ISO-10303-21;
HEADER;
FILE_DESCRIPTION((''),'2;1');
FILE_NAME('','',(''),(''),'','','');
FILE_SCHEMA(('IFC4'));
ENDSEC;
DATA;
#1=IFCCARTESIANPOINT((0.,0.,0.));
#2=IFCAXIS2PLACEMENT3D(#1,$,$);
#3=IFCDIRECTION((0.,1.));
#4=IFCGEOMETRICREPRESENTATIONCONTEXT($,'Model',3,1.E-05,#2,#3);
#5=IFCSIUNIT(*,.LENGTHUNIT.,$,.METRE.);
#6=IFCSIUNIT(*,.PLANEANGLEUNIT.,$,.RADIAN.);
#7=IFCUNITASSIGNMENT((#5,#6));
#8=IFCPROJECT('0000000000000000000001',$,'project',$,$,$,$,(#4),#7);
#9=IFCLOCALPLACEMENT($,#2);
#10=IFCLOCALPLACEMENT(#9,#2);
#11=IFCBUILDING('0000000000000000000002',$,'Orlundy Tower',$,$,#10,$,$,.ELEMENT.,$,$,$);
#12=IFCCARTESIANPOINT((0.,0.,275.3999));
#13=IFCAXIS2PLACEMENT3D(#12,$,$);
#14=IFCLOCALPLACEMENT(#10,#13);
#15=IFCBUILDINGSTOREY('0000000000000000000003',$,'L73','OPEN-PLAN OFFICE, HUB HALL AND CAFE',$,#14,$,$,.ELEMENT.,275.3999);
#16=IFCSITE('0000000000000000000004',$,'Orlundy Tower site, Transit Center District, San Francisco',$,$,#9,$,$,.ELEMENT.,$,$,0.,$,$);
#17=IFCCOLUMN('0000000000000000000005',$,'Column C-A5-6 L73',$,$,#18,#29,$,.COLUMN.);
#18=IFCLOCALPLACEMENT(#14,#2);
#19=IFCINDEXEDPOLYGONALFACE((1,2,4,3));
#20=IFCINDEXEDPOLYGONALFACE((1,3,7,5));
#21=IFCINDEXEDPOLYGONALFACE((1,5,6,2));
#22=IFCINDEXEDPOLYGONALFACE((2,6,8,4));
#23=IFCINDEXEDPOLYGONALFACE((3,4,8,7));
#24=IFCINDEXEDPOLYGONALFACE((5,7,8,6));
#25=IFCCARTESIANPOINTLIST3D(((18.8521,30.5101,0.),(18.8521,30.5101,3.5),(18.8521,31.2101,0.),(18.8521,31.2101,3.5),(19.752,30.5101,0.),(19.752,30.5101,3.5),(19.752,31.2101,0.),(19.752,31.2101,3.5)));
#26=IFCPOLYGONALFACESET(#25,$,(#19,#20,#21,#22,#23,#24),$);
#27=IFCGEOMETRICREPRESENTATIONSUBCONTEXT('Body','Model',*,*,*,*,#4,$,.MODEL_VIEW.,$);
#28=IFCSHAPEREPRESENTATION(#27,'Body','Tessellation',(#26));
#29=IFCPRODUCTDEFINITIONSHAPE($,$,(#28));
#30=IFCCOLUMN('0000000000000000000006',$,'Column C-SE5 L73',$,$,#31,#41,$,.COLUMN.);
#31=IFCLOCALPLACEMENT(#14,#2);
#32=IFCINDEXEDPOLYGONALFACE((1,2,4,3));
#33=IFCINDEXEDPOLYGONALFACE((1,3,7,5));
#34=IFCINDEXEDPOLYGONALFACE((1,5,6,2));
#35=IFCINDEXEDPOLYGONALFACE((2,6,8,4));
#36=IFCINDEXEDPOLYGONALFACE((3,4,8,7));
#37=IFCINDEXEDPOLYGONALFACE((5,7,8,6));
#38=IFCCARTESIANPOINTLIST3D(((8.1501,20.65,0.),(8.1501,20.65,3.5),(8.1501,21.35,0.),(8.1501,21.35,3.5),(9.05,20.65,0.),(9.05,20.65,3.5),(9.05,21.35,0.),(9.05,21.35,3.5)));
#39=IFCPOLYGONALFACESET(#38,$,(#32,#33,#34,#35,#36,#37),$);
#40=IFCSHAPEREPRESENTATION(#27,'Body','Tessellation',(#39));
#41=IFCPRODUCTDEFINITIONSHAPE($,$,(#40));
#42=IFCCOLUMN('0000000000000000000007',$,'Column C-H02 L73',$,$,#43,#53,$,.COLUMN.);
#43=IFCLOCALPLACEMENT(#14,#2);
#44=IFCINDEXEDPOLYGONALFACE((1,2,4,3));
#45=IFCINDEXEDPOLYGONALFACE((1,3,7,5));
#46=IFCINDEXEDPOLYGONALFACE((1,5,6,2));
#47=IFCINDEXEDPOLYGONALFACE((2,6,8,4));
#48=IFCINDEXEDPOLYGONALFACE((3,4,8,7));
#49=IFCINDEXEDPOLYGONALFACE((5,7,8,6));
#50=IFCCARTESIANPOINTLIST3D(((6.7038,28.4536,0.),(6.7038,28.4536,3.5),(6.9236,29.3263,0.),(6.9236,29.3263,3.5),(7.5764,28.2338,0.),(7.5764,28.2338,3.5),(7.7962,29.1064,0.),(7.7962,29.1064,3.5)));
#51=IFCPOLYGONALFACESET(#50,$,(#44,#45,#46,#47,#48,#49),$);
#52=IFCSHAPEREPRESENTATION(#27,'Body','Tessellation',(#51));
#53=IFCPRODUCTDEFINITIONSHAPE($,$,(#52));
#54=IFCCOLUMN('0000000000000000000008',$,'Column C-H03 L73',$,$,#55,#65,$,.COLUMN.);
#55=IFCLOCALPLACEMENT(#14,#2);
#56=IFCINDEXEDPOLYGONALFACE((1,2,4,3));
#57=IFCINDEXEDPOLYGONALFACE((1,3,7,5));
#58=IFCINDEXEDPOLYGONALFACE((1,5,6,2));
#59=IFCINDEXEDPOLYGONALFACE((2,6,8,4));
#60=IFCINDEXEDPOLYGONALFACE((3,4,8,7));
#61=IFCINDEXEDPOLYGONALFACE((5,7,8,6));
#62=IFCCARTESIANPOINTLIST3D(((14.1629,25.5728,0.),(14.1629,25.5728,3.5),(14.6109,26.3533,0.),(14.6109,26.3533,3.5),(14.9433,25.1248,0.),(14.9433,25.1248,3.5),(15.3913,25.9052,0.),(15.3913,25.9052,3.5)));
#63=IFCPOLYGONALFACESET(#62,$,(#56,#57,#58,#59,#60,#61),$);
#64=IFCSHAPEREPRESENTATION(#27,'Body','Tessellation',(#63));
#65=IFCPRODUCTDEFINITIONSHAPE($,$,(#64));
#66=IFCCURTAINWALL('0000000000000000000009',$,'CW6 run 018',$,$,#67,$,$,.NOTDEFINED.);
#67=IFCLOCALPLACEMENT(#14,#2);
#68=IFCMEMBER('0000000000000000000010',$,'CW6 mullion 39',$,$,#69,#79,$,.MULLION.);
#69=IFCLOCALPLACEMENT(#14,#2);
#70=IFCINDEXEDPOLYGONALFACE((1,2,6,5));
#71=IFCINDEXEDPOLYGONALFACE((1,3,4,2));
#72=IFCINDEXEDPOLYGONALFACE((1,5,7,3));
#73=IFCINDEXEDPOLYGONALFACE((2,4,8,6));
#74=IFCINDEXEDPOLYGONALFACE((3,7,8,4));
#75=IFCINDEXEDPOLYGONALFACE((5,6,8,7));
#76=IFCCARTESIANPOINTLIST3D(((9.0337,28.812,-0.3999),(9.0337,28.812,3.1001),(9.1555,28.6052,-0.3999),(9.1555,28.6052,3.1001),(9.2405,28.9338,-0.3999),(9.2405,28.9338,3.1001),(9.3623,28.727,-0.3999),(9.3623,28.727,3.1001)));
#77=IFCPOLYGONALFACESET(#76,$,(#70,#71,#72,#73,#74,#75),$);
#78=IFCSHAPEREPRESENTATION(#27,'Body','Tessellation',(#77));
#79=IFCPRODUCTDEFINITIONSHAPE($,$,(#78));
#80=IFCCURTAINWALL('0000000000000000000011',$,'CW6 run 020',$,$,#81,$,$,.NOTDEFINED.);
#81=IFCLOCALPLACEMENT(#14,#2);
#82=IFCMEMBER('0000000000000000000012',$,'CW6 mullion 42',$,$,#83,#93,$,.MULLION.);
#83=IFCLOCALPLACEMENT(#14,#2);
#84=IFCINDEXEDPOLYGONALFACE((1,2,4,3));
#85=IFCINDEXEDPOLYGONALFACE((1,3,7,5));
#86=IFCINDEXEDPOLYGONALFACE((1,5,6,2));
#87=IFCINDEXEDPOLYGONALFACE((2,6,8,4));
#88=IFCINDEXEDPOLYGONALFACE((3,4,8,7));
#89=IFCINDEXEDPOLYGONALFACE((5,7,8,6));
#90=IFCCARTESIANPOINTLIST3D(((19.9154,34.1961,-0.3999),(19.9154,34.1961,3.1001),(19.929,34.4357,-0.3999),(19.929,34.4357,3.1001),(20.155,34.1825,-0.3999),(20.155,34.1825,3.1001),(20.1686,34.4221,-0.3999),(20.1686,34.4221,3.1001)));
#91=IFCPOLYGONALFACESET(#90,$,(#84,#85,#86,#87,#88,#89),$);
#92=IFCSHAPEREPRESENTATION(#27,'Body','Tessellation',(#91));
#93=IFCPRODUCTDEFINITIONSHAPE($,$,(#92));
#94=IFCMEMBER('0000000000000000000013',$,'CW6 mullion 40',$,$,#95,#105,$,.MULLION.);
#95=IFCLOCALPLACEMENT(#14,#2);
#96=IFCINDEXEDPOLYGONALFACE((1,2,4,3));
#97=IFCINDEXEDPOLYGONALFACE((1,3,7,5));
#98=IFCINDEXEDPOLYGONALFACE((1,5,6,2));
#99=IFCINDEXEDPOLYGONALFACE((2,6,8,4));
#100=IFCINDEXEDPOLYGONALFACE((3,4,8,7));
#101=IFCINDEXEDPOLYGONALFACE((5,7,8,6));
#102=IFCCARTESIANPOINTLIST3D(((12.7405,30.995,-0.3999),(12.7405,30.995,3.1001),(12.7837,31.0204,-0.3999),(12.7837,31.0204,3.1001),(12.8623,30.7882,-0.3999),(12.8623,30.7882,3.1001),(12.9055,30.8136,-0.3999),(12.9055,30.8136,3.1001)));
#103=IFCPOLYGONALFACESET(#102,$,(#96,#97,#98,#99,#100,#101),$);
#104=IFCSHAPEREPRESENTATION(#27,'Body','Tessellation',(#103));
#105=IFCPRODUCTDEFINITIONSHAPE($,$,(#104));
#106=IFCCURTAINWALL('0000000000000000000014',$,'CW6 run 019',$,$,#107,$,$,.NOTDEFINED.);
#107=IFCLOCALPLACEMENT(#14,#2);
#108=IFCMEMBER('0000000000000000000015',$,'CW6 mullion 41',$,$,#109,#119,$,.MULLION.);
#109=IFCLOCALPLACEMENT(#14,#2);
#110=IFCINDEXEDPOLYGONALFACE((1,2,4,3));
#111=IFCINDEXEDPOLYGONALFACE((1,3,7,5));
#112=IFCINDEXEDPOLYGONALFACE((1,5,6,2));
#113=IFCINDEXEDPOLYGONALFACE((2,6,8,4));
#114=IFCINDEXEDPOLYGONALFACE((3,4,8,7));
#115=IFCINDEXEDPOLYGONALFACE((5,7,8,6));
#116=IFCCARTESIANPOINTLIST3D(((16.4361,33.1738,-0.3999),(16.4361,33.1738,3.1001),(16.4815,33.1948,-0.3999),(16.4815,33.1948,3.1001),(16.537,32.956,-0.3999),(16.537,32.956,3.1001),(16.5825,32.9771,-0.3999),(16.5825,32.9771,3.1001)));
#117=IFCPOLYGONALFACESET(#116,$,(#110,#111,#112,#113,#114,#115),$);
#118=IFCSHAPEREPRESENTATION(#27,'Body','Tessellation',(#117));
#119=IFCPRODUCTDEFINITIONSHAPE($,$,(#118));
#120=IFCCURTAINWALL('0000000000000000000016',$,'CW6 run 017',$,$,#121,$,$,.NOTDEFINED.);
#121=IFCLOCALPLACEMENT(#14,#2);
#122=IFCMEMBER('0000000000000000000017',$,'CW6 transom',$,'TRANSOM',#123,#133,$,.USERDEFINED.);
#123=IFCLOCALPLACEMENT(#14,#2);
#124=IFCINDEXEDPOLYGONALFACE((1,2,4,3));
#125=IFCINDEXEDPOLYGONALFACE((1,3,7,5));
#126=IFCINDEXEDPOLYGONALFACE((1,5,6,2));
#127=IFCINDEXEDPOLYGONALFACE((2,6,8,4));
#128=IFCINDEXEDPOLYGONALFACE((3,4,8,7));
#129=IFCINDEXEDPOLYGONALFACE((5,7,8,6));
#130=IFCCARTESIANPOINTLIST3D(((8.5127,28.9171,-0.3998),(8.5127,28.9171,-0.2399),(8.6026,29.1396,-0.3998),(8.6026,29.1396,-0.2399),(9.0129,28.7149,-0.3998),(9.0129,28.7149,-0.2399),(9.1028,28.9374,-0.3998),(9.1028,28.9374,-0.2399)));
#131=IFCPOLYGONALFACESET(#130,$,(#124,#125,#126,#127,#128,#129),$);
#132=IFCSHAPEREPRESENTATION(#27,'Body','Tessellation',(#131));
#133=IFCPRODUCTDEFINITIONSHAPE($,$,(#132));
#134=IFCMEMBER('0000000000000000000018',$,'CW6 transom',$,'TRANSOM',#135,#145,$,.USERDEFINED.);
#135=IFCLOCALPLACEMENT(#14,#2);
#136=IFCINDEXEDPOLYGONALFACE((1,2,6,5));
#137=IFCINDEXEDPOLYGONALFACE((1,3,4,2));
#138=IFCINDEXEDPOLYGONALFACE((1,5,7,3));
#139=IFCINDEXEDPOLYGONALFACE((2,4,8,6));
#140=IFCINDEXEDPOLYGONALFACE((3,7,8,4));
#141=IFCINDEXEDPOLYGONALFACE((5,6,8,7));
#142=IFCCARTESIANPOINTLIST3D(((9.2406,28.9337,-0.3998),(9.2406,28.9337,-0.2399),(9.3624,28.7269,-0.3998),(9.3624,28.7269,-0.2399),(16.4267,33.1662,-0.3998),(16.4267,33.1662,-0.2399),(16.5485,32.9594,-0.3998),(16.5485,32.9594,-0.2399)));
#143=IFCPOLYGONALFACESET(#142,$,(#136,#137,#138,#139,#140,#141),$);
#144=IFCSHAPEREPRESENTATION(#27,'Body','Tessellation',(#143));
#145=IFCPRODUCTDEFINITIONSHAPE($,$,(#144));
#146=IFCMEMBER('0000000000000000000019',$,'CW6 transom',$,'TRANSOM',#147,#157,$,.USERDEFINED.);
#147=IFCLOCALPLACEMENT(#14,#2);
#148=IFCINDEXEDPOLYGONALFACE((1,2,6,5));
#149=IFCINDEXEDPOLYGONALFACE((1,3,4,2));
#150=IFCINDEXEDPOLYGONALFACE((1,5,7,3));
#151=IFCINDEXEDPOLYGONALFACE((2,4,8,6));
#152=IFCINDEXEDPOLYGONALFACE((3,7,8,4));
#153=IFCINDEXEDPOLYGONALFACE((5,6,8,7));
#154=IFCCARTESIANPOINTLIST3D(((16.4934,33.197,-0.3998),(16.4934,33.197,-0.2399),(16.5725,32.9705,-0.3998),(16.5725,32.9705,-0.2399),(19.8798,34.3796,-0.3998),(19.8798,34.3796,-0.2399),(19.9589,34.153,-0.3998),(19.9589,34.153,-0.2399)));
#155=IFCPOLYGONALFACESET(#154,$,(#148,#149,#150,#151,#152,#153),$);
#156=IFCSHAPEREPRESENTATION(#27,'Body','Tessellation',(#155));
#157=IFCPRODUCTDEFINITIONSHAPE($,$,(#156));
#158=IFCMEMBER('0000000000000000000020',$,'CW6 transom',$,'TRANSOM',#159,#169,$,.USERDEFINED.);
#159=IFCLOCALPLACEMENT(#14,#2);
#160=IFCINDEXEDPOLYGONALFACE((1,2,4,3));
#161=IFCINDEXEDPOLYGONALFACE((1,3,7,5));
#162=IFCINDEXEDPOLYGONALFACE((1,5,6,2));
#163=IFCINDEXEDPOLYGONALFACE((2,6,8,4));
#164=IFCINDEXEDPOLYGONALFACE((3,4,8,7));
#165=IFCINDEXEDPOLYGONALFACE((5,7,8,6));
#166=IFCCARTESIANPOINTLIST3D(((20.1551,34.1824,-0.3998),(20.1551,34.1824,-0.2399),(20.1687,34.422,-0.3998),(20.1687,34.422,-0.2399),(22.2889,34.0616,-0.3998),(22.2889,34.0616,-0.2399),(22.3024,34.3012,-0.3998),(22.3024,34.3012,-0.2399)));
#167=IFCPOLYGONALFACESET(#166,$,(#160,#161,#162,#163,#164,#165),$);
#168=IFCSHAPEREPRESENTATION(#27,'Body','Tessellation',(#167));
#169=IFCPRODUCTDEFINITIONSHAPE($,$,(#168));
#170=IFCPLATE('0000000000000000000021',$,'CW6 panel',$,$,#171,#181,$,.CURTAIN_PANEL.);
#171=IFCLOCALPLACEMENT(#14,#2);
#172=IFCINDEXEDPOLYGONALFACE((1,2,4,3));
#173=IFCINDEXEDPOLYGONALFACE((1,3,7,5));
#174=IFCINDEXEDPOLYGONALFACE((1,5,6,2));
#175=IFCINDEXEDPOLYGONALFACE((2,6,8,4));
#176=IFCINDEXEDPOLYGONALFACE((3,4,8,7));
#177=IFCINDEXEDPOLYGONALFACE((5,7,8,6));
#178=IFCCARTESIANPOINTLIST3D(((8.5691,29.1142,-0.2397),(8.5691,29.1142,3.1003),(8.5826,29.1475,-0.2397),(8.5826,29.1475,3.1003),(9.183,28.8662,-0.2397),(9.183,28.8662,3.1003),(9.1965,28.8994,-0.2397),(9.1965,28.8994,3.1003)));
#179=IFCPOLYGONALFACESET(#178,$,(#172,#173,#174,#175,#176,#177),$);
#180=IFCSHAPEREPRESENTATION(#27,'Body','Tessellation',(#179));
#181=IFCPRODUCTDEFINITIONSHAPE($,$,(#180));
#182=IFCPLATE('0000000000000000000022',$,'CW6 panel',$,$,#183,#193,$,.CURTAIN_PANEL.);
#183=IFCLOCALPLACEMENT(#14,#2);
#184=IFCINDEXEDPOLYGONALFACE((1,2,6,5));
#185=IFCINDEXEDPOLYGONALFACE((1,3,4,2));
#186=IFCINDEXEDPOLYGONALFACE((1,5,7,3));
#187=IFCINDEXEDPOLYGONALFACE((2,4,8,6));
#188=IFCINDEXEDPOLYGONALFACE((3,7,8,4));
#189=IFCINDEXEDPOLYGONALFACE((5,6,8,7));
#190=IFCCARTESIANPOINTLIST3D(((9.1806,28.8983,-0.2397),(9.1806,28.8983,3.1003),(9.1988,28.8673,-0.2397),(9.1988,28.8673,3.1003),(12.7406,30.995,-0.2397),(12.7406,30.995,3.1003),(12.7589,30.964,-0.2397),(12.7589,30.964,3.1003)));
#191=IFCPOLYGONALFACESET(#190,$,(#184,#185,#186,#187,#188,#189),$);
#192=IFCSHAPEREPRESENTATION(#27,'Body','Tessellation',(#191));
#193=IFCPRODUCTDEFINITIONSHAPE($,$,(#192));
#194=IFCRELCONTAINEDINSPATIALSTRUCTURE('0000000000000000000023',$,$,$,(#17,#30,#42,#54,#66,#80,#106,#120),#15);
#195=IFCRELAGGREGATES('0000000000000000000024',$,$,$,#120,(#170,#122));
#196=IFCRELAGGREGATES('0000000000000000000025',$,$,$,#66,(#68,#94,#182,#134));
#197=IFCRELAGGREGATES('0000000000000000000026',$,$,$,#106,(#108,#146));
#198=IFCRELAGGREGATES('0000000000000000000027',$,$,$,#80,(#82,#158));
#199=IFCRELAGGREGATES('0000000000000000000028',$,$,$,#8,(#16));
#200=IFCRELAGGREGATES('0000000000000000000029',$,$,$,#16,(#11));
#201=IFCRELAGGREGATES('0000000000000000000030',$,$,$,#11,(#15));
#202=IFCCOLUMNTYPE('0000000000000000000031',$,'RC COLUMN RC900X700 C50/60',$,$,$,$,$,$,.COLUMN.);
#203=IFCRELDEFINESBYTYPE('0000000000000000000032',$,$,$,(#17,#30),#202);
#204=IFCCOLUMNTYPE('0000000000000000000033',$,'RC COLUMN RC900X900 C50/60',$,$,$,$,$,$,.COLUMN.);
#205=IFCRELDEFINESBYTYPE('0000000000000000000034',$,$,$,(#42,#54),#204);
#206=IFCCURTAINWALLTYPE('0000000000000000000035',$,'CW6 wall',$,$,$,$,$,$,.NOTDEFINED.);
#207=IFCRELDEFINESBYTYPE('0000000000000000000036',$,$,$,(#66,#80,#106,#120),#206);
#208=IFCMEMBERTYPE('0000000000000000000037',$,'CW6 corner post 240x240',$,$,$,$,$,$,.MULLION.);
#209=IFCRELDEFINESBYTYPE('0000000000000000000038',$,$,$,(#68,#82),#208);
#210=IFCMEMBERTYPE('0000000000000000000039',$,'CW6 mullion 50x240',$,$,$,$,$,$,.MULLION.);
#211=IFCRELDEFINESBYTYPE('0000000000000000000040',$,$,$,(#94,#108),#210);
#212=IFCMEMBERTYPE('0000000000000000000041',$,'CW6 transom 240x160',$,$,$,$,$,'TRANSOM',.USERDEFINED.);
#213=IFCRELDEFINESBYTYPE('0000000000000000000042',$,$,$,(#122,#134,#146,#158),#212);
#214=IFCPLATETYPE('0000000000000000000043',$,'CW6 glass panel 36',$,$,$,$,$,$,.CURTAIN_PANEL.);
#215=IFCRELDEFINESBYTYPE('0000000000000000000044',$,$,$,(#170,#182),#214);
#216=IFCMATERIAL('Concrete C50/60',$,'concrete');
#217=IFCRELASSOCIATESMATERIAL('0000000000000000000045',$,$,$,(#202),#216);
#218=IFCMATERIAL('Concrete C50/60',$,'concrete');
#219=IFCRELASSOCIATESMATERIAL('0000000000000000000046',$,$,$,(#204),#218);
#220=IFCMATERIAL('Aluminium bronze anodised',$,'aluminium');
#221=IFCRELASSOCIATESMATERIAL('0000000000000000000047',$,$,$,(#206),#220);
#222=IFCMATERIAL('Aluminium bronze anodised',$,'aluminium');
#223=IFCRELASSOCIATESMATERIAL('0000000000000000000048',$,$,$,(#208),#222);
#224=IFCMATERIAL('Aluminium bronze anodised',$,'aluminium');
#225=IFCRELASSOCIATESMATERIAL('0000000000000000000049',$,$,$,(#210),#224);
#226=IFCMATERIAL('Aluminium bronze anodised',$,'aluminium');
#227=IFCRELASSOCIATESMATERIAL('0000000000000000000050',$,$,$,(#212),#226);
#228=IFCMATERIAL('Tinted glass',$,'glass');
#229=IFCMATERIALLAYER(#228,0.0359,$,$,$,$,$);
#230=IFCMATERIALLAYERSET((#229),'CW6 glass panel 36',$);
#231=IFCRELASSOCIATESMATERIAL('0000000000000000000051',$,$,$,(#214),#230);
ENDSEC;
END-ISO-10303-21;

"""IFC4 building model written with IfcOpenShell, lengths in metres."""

from ifc_helpers import new_model, si_unit, direction, frame, origin, origin_2d, place, context, subcontext, project, spatial, rectangle, extrude, material, layer, layer_set, material_profile, profile_set, type_object, element, aggregate, save


model = new_model("IFC4")

# Units and contexts
model_context = context("Model", 3, precision=1e-05, world=origin(), true_north=direction((0.0, 1.0)))
body_context = subcontext(model_context, "Body", "Model", "MODEL_VIEW")
ifc_project = project(units=[si_unit("LENGTHUNIT", "METRE"), si_unit("PLANEANGLEUNIT", "RADIAN")], contexts=[model_context])

# Site, building, storey
site_placement = place(None, origin())
site = spatial("IfcSite", under=ifc_project, at=site_placement, Name="Orlundy Tower site, Transit Center District, San Francisco", CompositionType="ELEMENT", RefElevation=0.0)
building_placement = place(site_placement, origin())
building = spatial("IfcBuilding", under=site, at=building_placement, Name="Orlundy Tower", CompositionType="ELEMENT")
storey_placement = place(building_placement, frame((0.0, 0.0, 275.3999)))
storey = spatial("IfcBuildingStorey", under=building, at=storey_placement, Name="L73", Description="OPEN-PLAN OFFICE, HUB HALL AND CAFE", CompositionType="ELEMENT", Elevation=275.3999)

# Columns
ifc_material_1 = material(Name="Concrete C50/60", Category="concrete")
ifc_material_profile_1 = material_profile(ifc_material_1, rectangle(XDim=0.8999, YDim=0.7, at=origin_2d()), Name="RC900X700")
ifc_profile_set_1 = profile_set([ifc_material_profile_1], Name="Concrete C50/60")
column_type_1 = type_object("IfcColumnType", Name="RC COLUMN RC900X700 C50/60", PredefinedType="COLUMN", material=ifc_profile_set_1)
for number, where, z_axis, x_axis, name in (
    (1, (19.302, 30.8601, 0.0), (0.0, 0.0, 1.0), (1.0, 0.0, 0.0), "Column C-A5-6 L73"),
    (2, (8.6001, 21.0, 0.0), (0.0, 0.0, 1.0), (1.0, 0.0, 0.0), "Column C-SE5 L73"),
):
    element("IfcColumn", number, at=place(storey_placement, frame(where, z_axis=z_axis, x_axis=x_axis)), inside=storey, type_object=column_type_1, Name=name, PredefinedType="COLUMN", context=body_context, shape_type="SweptSolid", body=[
        extrude(rectangle(XDim=0.8999, YDim=0.7, at=origin_2d()), origin(), (0.0, 0.0, 1.0), 3.5),
    ])
ifc_material_2 = material(Name="Concrete C50/60", Category="concrete")
ifc_material_profile_2 = material_profile(ifc_material_2, rectangle(XDim=0.8999, YDim=0.8999, at=origin_2d()), Name="RC900X900")
ifc_profile_set_2 = profile_set([ifc_material_profile_2], Name="Concrete C50/60")
column_type_2 = type_object("IfcColumnType", Name="RC COLUMN RC900X900 C50/60", PredefinedType="COLUMN", material=ifc_profile_set_2)
for number, where, z_axis, x_axis, name in (
    (3, (7.25, 28.78, 0.0), (0.0, 0.0, 1.0), (0.244275, 0.969706, 0.0), "Column C-H02 L73"),
    (4, (14.7771, 25.739, 0.0), (0.0, 0.0, 1.0), (0.497898, 0.867236, 0.0), "Column C-H03 L73"),
):
    element("IfcColumn", number, at=place(storey_placement, frame(where, z_axis=z_axis, x_axis=x_axis)), inside=storey, type_object=column_type_2, Name=name, PredefinedType="COLUMN", context=body_context, shape_type="SweptSolid", body=[
        extrude(rectangle(XDim=0.8999, YDim=0.8999, at=origin_2d()), origin(), (0.0, 0.0, 1.0), 3.5),
    ])

# Curtain walls, members
ifc_material_3 = material(Name="Aluminium bronze anodised", Category="aluminium")
curtain_wall_type = type_object("IfcCurtainWallType", Name="CW6 wall", PredefinedType="NOTDEFINED", material=ifc_material_3)
curtain_wall_1_placement = place(storey_placement, origin())
curtain_wall_1 = element("IfcCurtainWall", 5, at=curtain_wall_1_placement, inside=storey, type_object=curtain_wall_type, Name="CW6 run 018", PredefinedType="NOTDEFINED")
ifc_material_4 = material(Name="Aluminium bronze anodised", Category="aluminium")
ifc_material_profile_3 = material_profile(ifc_material_4, rectangle(XDim=0.24, YDim=0.24, at=origin_2d()), Name="CW6 corner post 240x240")
ifc_profile_set_3 = profile_set([ifc_material_profile_3], Name="Aluminium bronze anodised")
member_type_1 = type_object("IfcMemberType", Name="CW6 corner post 240x240", PredefinedType="MULLION", material=ifc_profile_set_3)
member_1_placement = place(storey_placement, frame((9.198, 28.7695, -0.3999), z_axis=(0.0, 0.0, 1.0), x_axis=(-0.507481, 0.861663, 0.0)))
member_1 = element("IfcMember", 6, at=member_1_placement, type_object=member_type_1, Name="CW6 mullion 39", PredefinedType="MULLION", context=body_context, shape_type="SweptSolid", body=[
    extrude(rectangle(XDim=0.24, YDim=0.24, at=origin_2d()), origin(), (0.0, 0.0, 1.0), 3.5),
])
curtain_wall_2_placement = place(storey_placement, origin())
curtain_wall_2 = element("IfcCurtainWall", 7, at=curtain_wall_2_placement, inside=storey, type_object=curtain_wall_type, Name="CW6 run 020", PredefinedType="NOTDEFINED")
member_2_placement = place(storey_placement, frame((20.042, 34.3091, -0.3999), z_axis=(0.0, 0.0, 1.0), x_axis=(0.05665, 0.998394, 0.0)))
member_2 = element("IfcMember", 8, at=member_2_placement, type_object=member_type_1, Name="CW6 mullion 42", PredefinedType="MULLION", context=body_context, shape_type="SweptSolid", body=[
    extrude(rectangle(XDim=0.24, YDim=0.24, at=origin_2d()), origin(), (0.0, 0.0, 1.0), 3.5),
])

# Member
ifc_material_5 = material(Name="Aluminium bronze anodised", Category="aluminium")
ifc_material_profile_4 = material_profile(ifc_material_5, rectangle(XDim=0.24, YDim=0.05, at=origin_2d()), Name="CW6 mullion 50x240")
ifc_profile_set_4 = profile_set([ifc_material_profile_4], Name="Aluminium bronze anodised")
member_type_2 = type_object("IfcMemberType", Name="CW6 mullion 50x240", PredefinedType="MULLION", material=ifc_profile_set_4)
member_3_placement = place(storey_placement, frame((12.823, 30.9043, -0.3999), z_axis=(0.0, 0.0, 1.0), x_axis=(-0.507481, 0.861663, 0.0)))
member_3 = element("IfcMember", 9, at=member_3_placement, type_object=member_type_2, Name="CW6 mullion 40", PredefinedType="MULLION", context=body_context, shape_type="SweptSolid", body=[
    extrude(rectangle(XDim=0.24, YDim=0.05, at=origin_2d()), origin(), (0.0, 0.0, 1.0), 3.5),
])

# Curtain walls, members
curtain_wall_3_placement = place(storey_placement, origin())
curtain_wall_3 = element("IfcCurtainWall", 10, at=curtain_wall_3_placement, inside=storey, type_object=curtain_wall_type, Name="CW6 run 019", PredefinedType="NOTDEFINED")
member_4_placement = place(storey_placement, frame((16.5093, 33.0754, -0.3999), z_axis=(0.0, 0.0, 1.0), x_axis=(-0.420621, 0.907237, 0.0)))
member_4 = element("IfcMember", 11, at=member_4_placement, type_object=member_type_2, Name="CW6 mullion 41", PredefinedType="MULLION", context=body_context, shape_type="SweptSolid", body=[
    extrude(rectangle(XDim=0.24, YDim=0.05, at=origin_2d()), origin(), (0.0, 0.0, 1.0), 3.5),
])
curtain_wall_4_placement = place(storey_placement, origin())
curtain_wall_4 = element("IfcCurtainWall", 12, at=curtain_wall_4_placement, inside=storey, type_object=curtain_wall_type, Name="CW6 run 017", PredefinedType="NOTDEFINED")
ifc_material_6 = material(Name="Aluminium bronze anodised", Category="aluminium")
ifc_material_profile_5 = material_profile(ifc_material_6, rectangle(XDim=0.24, YDim=0.1599, at=origin_2d()), Name="CW6 transom 240x160")
ifc_profile_set_5 = profile_set([ifc_material_profile_5], Name="Aluminium bronze anodised")
member_type_3 = type_object("IfcMemberType", Name="CW6 transom 240x160", ElementType="TRANSOM", PredefinedType="USERDEFINED", material=ifc_profile_set_5)
member_5_placement = place(storey_placement, frame((8.5576, 29.0283, -0.3198), z_axis=(0.92716, -0.374665, 0.0), x_axis=(0.374665, 0.92716, 0.0)))
member_5 = element("IfcMember", 13, at=member_5_placement, type_object=member_type_3, Name="CW6 transom", ObjectType="TRANSOM", PredefinedType="USERDEFINED", context=body_context, shape_type="SweptSolid", body=[
    extrude(rectangle(XDim=0.24, YDim=0.1599, at=origin_2d()), origin(), (0.0, 0.0, 1.0), 0.5396),
])

# Members
member_6_placement = place(storey_placement, frame((9.3015, 28.8303, -0.3198), z_axis=(0.861654, 0.507496, 0.0), x_axis=(-0.507496, 0.861654, 0.0)))
member_6 = element("IfcMember", 14, at=member_6_placement, type_object=member_type_3, Name="CW6 transom", ObjectType="TRANSOM", PredefinedType="USERDEFINED", context=body_context, shape_type="SweptSolid", body=[
    extrude(rectangle(XDim=0.24, YDim=0.1599, at=origin_2d()), origin(), (0.0, 0.0, 1.0), 8.3398),
])
member_7_placement = place(storey_placement, frame((16.533, 33.0837, -0.3198), z_axis=(0.944088, 0.329692, 0.0), x_axis=(-0.329692, 0.944088, 0.0)))
member_7 = element("IfcMember", 15, at=member_7_placement, type_object=member_type_3, Name="CW6 transom", ObjectType="TRANSOM", PredefinedType="USERDEFINED", context=body_context, shape_type="SweptSolid", body=[
    extrude(rectangle(XDim=0.24, YDim=0.1599, at=origin_2d()), origin(), (0.0, 0.0, 1.0), 3.5869),
])
member_8_placement = place(storey_placement, frame((20.1619, 34.3022, -0.3198), z_axis=(0.9984, -0.056546, 0.0), x_axis=(0.056546, 0.9984, 0.0)))
member_8 = element("IfcMember", 16, at=member_8_placement, type_object=member_type_3, Name="CW6 transom", ObjectType="TRANSOM", PredefinedType="USERDEFINED", context=body_context, shape_type="SweptSolid", body=[
    extrude(rectangle(XDim=0.24, YDim=0.1599, at=origin_2d()), origin(), (0.0, 0.0, 1.0), 2.1372),
])

# Plates
ifc_material_7 = material(Name="Tinted glass", Category="glass")
ifc_layer_1 = layer(ifc_material_7, 0.0359)
ifc_layer_set_1 = layer_set([ifc_layer_1], Name="CW6 glass panel 36")
plate_type = type_object("IfcPlateType", Name="CW6 glass panel 36", PredefinedType="CURTAIN_PANEL", material=ifc_layer_set_1)
plate_1_placement = place(storey_placement, frame((8.8828, 29.0068, -0.2397), z_axis=(0.0, 0.0, 1.0), x_axis=(0.927171, -0.374639, 0.0)))
plate_1 = element("IfcPlate", 17, at=plate_1_placement, type_object=plate_type, Name="CW6 panel", PredefinedType="CURTAIN_PANEL", context=body_context, shape_type="SweptSolid", body=[
    extrude(rectangle(XDim=0.6621, YDim=0.0359, at=origin_2d()), origin(), (0.0, 0.0, 1.0), 3.3401),
])
aggregate(curtain_wall_4, [plate_1, member_5])
plate_2_placement = place(storey_placement, frame((10.9697, 29.9312, -0.2397), z_axis=(0.0, 0.0, 1.0), x_axis=(0.861663, 0.507481, 0.0)))
plate_2 = element("IfcPlate", 18, at=plate_2_placement, type_object=plate_type, Name="CW6 panel", PredefinedType="CURTAIN_PANEL", context=body_context, shape_type="SweptSolid", body=[
    extrude(rectangle(XDim=4.1316, YDim=0.0359, at=origin_2d()), origin(), (0.0, 0.0, 1.0), 3.3401),
])
aggregate(curtain_wall_1, [member_1, member_3, plate_2, member_6])
aggregate(curtain_wall_3, [member_4, member_7])
aggregate(curtain_wall_2, [member_2, member_8])

save(model, "model.ifc")
